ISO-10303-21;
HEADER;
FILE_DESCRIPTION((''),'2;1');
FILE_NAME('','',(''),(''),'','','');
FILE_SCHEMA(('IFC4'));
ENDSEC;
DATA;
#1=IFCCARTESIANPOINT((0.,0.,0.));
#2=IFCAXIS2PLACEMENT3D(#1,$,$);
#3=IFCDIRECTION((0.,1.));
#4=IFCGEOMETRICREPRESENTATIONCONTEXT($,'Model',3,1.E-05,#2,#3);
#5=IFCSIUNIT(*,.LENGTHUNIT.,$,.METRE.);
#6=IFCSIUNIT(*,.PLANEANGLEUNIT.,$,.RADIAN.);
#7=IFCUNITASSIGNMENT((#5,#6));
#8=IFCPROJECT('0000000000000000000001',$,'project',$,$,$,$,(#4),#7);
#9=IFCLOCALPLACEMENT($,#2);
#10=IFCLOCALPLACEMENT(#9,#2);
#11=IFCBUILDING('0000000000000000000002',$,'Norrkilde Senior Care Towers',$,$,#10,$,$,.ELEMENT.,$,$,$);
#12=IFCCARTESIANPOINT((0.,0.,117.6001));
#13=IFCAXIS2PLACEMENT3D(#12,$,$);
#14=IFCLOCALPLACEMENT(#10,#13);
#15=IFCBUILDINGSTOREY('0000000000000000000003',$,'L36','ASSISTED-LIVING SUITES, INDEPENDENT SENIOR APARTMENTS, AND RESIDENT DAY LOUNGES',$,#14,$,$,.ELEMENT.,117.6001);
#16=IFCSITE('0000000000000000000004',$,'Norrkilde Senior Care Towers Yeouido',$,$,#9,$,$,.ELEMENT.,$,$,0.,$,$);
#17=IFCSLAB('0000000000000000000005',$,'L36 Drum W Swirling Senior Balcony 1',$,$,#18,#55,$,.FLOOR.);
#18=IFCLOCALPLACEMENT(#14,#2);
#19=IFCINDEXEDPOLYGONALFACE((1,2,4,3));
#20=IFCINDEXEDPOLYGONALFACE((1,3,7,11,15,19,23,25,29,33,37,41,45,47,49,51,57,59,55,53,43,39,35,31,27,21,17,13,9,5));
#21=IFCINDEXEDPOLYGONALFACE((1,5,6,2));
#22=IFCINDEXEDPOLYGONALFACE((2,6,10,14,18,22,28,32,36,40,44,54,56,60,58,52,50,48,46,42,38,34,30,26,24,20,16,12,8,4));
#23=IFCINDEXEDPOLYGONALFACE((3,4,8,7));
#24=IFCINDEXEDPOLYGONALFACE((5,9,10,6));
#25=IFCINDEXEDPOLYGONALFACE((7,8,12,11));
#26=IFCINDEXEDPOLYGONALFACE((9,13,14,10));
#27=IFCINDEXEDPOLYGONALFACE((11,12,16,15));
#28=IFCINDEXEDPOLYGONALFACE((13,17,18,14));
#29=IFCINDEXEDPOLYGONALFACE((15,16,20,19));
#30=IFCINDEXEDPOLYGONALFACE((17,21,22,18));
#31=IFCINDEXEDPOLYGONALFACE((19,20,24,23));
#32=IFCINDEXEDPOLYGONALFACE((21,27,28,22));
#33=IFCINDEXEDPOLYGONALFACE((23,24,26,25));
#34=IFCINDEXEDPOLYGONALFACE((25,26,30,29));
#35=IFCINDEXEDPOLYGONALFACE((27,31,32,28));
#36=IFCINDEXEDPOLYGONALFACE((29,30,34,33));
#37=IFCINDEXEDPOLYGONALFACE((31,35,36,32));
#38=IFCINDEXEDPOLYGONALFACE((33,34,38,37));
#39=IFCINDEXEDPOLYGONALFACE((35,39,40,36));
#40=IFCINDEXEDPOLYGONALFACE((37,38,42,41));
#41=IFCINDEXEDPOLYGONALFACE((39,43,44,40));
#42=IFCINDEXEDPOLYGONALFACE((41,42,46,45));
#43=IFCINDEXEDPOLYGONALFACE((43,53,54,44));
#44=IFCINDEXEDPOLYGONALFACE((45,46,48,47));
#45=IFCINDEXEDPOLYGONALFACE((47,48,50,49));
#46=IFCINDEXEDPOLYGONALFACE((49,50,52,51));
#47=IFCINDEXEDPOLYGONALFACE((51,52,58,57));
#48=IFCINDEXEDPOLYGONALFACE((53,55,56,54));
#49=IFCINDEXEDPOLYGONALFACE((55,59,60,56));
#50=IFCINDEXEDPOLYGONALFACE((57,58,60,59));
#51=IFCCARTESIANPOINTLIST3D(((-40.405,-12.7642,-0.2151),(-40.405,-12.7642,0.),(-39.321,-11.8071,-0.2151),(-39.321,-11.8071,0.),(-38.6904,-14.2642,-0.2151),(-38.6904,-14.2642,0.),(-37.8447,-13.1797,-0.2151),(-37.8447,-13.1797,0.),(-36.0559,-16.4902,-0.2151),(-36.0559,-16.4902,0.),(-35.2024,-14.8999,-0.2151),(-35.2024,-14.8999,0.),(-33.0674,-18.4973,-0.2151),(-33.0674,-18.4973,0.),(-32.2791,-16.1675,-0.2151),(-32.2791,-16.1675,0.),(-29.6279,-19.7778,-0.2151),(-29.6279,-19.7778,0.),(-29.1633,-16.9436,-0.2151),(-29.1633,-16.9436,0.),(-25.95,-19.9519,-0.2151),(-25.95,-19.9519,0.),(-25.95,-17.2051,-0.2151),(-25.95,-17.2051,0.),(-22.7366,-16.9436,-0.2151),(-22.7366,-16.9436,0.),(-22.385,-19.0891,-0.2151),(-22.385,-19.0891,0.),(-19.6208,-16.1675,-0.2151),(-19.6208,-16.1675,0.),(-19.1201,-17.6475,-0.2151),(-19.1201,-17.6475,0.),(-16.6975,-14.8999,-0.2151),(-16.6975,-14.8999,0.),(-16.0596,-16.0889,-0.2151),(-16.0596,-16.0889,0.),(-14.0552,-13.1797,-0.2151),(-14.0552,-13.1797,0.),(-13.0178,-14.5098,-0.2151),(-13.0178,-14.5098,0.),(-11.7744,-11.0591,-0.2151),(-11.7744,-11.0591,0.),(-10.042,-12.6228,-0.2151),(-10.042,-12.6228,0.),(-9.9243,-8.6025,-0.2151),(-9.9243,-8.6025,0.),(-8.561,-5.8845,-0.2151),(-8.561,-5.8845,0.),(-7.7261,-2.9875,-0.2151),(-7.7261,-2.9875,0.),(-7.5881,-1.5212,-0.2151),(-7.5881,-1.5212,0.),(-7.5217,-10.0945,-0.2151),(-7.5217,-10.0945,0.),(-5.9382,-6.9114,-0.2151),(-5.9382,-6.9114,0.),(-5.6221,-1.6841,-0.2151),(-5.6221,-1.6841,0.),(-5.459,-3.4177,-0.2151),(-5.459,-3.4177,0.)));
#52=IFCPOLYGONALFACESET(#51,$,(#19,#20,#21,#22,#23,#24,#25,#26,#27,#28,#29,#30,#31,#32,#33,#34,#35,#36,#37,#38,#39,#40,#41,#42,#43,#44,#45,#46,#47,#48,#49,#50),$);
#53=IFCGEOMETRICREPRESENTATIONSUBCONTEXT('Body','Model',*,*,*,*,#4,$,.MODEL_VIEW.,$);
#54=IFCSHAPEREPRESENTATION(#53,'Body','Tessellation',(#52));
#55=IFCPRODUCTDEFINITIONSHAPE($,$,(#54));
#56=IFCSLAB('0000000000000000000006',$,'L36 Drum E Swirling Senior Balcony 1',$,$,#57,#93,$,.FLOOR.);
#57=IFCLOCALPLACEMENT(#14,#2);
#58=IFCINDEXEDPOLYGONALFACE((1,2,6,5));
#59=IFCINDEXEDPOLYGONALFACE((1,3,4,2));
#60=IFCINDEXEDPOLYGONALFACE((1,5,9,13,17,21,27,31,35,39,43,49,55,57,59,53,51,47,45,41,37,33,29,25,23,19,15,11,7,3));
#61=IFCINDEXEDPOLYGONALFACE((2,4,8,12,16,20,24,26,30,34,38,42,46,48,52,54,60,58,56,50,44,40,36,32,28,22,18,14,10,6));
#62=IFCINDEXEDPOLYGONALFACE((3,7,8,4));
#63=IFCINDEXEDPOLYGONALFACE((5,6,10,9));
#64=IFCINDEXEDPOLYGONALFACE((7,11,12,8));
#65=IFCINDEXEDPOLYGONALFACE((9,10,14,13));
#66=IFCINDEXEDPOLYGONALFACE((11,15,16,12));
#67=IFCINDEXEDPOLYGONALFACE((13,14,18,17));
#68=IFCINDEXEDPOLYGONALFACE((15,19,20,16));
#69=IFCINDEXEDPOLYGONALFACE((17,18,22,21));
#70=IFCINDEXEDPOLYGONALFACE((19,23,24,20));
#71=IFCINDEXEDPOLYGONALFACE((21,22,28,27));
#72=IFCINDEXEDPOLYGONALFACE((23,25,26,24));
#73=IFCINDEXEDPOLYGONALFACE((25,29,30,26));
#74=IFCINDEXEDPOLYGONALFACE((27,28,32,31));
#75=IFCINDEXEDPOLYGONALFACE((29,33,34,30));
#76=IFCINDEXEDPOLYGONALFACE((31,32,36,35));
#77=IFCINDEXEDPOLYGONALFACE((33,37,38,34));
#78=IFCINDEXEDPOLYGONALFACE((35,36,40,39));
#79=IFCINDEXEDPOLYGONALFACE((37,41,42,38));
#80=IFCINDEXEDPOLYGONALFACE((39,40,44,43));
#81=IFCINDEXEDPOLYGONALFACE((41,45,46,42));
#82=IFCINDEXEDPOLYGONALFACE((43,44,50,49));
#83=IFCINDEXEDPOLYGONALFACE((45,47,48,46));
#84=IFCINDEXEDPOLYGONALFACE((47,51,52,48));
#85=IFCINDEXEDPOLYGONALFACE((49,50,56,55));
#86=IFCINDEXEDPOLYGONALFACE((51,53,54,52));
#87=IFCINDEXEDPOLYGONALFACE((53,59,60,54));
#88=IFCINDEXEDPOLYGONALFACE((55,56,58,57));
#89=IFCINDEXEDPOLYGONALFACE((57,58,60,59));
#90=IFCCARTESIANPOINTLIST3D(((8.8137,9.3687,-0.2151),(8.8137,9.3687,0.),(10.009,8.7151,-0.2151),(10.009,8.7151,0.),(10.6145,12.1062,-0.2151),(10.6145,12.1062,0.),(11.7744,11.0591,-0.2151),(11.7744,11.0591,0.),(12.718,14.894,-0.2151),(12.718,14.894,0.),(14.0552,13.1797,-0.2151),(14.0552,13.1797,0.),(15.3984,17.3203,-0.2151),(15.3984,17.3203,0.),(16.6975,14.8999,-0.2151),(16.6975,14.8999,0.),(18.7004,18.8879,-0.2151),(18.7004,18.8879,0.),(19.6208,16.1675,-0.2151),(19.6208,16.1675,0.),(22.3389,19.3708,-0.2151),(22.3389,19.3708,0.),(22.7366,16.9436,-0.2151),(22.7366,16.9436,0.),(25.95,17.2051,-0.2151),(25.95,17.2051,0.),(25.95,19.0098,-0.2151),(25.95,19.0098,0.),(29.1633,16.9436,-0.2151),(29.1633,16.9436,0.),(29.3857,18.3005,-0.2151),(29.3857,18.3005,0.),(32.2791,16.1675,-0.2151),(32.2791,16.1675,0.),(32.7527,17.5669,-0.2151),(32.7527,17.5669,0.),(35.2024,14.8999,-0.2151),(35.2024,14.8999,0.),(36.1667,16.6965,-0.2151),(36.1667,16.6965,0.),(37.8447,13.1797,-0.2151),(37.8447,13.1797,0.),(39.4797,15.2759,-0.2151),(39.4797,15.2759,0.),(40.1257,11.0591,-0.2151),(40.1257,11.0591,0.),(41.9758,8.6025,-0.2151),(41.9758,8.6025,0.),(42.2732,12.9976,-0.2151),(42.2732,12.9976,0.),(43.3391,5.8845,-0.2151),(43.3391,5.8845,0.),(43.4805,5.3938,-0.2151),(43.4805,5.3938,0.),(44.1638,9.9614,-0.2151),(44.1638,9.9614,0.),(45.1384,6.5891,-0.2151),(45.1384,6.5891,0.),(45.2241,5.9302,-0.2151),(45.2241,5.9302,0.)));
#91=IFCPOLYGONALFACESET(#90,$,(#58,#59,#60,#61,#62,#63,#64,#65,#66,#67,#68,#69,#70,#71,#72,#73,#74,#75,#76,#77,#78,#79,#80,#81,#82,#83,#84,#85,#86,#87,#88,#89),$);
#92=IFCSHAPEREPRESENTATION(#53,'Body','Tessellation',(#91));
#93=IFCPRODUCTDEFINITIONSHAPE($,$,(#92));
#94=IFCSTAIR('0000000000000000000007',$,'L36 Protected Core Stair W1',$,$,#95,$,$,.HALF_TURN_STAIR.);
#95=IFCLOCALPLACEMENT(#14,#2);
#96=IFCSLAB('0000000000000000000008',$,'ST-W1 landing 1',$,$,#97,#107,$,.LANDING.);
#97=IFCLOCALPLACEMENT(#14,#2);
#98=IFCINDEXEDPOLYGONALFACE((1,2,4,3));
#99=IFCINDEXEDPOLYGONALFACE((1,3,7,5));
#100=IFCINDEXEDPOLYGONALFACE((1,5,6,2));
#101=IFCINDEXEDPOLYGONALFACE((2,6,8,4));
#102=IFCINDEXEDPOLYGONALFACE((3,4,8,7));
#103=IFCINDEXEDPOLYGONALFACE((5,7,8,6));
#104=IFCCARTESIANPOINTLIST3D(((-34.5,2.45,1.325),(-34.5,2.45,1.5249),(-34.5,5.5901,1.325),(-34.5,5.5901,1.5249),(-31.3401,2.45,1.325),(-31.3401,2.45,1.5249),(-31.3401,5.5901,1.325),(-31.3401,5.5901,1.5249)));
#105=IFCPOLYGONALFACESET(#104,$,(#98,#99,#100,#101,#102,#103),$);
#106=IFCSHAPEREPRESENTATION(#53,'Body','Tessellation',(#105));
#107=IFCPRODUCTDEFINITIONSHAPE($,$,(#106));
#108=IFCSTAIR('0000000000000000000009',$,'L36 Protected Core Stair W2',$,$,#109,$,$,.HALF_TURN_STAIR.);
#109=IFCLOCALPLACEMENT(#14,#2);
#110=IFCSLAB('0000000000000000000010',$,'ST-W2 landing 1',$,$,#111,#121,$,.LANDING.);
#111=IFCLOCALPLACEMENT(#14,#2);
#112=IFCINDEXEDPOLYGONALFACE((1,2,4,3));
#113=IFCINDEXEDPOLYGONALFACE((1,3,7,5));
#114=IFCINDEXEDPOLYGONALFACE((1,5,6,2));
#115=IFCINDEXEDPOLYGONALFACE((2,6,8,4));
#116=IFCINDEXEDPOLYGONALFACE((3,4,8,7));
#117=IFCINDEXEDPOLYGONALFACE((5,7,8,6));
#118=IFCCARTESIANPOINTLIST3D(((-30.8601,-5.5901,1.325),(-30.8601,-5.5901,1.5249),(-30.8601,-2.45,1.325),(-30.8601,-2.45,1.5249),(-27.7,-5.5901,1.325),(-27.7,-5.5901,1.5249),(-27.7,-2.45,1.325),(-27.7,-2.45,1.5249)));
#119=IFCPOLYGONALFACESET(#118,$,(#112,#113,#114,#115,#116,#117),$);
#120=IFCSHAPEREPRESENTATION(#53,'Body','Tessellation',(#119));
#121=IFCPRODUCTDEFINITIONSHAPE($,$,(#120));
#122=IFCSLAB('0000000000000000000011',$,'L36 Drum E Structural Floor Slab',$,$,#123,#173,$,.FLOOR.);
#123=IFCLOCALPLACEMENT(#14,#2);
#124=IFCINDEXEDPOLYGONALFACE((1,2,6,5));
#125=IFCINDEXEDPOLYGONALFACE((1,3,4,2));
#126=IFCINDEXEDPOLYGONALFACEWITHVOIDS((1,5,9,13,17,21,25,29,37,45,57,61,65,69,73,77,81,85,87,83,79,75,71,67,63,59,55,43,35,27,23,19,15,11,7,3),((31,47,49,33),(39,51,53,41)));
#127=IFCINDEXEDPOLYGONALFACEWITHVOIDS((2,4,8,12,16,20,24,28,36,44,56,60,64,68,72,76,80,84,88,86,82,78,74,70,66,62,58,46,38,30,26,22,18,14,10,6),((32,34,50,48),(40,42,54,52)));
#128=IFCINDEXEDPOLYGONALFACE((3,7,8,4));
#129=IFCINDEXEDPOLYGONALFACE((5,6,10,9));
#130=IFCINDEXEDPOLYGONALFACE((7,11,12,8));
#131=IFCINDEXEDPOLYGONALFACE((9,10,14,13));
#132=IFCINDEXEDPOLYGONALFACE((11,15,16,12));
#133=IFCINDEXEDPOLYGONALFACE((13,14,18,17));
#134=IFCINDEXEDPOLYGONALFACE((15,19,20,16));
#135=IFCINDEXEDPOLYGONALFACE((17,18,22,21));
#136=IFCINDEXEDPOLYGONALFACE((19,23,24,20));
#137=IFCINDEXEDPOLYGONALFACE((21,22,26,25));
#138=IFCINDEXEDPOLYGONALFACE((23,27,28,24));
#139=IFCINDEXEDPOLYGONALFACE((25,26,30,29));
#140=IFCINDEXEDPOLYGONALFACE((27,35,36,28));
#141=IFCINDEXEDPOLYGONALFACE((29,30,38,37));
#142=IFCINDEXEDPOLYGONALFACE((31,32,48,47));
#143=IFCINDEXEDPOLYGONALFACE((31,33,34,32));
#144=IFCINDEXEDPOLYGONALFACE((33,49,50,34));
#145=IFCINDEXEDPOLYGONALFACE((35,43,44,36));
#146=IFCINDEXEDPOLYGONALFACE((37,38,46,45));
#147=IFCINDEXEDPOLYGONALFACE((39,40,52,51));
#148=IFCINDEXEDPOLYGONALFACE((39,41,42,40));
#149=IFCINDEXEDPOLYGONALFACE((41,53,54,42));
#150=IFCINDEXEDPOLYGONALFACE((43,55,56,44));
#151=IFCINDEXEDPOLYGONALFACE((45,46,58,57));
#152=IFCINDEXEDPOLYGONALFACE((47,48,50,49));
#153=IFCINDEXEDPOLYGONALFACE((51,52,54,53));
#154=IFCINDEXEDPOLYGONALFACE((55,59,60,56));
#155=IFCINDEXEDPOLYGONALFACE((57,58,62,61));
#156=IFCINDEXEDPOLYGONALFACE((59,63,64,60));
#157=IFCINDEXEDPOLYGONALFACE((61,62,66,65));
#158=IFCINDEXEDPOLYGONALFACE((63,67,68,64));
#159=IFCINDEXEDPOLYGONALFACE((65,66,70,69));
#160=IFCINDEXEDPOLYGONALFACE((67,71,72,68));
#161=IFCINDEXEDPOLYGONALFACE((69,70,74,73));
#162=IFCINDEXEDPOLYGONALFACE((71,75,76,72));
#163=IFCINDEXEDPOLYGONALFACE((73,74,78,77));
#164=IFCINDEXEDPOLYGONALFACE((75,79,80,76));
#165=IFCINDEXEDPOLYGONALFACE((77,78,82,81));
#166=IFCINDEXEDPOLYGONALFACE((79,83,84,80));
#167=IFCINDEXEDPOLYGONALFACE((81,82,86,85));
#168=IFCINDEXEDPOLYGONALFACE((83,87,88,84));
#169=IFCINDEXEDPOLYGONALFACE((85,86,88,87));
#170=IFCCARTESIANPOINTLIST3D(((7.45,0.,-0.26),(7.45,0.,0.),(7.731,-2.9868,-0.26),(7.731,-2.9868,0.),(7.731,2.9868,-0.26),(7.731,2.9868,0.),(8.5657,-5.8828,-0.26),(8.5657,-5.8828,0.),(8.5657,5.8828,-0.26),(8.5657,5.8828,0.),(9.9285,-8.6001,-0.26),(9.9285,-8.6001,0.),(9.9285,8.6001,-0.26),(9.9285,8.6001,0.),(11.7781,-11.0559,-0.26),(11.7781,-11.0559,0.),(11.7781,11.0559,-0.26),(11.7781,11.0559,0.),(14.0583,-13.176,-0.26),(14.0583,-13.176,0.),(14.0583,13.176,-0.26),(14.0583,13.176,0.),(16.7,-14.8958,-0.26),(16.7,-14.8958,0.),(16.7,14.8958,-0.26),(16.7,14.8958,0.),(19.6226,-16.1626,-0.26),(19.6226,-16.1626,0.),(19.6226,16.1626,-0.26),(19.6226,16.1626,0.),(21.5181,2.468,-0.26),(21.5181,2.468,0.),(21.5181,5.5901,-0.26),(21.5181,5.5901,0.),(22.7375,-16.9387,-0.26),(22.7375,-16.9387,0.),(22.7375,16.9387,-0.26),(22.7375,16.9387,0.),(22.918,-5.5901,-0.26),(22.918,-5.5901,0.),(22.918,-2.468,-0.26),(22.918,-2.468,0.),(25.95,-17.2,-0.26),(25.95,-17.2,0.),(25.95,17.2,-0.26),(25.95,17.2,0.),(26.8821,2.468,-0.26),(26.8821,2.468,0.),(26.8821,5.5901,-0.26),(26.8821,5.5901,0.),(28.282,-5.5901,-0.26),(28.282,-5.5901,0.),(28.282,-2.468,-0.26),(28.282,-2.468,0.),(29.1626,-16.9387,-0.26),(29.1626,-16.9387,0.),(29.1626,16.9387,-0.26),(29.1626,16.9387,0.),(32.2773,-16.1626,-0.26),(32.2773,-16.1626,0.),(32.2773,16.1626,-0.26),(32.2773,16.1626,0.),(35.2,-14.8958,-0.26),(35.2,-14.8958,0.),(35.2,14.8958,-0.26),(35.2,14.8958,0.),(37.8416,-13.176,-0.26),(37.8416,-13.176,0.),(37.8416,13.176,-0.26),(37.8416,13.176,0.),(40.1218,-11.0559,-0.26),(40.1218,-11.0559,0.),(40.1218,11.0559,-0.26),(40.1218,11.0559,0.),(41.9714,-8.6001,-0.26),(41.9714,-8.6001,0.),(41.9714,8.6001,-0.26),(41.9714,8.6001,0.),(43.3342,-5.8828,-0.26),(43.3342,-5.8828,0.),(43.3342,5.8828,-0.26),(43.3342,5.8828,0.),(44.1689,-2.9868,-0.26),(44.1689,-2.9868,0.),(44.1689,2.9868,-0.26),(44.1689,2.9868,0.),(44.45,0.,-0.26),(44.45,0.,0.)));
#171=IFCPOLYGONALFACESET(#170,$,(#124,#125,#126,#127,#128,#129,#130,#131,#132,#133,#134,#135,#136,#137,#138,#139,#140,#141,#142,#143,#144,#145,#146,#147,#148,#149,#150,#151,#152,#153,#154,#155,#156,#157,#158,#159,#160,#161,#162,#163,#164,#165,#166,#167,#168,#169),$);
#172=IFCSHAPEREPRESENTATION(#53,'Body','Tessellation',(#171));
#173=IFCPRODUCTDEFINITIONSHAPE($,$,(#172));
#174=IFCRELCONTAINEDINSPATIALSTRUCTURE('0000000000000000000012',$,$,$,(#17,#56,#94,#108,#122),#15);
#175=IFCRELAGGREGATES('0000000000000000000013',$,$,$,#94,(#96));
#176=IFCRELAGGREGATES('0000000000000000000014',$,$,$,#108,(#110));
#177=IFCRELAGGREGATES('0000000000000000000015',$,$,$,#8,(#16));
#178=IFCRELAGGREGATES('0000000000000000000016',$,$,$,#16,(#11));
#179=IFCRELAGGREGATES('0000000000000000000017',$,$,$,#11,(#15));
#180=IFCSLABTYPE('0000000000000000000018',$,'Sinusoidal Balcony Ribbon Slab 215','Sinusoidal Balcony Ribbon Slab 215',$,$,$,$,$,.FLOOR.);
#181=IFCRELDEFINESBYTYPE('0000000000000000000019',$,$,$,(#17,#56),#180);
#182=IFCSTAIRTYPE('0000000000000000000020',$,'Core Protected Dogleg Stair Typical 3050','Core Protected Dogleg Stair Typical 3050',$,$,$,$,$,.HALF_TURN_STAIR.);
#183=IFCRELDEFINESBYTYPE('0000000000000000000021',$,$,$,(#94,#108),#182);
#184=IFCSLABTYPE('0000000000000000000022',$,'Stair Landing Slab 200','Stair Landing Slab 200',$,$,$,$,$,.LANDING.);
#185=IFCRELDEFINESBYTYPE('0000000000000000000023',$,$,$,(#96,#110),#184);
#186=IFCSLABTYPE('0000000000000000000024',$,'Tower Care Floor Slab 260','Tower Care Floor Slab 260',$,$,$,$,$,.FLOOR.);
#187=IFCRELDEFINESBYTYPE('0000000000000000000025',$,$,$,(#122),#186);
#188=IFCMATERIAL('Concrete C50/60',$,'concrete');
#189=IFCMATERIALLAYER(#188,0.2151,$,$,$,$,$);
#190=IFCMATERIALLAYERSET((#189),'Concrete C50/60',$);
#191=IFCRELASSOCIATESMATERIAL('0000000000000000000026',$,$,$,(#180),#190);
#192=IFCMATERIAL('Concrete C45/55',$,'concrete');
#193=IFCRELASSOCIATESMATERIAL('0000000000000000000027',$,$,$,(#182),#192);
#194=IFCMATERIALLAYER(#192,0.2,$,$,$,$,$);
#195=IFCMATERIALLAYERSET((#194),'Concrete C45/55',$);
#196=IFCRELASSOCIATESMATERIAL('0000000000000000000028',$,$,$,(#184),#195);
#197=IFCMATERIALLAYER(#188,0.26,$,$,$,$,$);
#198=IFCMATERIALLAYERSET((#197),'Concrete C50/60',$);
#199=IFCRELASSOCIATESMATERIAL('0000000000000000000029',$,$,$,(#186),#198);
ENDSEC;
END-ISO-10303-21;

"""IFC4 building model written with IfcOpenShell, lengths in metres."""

from ifc_helpers import new_model, si_unit, direction, frame, origin, place, context, subcontext, project, spatial, polyline, outline, extrude, material, layer, layer_set, type_object, element, aggregate, save


model = new_model("IFC4")

# Units and contexts
model_context = context("Model", 3, precision=1e-05, world=origin(), true_north=direction((0.0, 1.0)))
body_context = subcontext(model_context, "Body", "Model", "MODEL_VIEW")
ifc_project = project(units=[si_unit("LENGTHUNIT", "METRE"), si_unit("PLANEANGLEUNIT", "RADIAN")], contexts=[model_context])

# Site, building, storey
site_placement = place(None, origin())
site = spatial("IfcSite", under=ifc_project, at=site_placement, Name="Norrkilde Senior Care Towers Yeouido", CompositionType="ELEMENT", RefElevation=0.0)
building_placement = place(site_placement, origin())
building = spatial("IfcBuilding", under=site, at=building_placement, Name="Norrkilde Senior Care Towers", CompositionType="ELEMENT")
storey_placement = place(building_placement, frame((0.0, 0.0, 117.6001)))
storey = spatial("IfcBuildingStorey", under=building, at=storey_placement, Name="L36", Description="ASSISTED-LIVING SUITES, INDEPENDENT SENIOR APARTMENTS, AND RESIDENT DAY LOUNGES", CompositionType="ELEMENT", Elevation=117.6001)

# Slabs
ifc_material_1 = material(Name="Concrete C50/60", Category="concrete")
ifc_layer_1 = layer(ifc_material_1, 0.2151)
ifc_layer_set_1 = layer_set([ifc_layer_1], Name="Concrete C50/60")
slab_type_1 = type_object("IfcSlabType", Name="Sinusoidal Balcony Ribbon Slab 215", Description="Sinusoidal Balcony Ribbon Slab 215", PredefinedType="FLOOR", material=ifc_layer_set_1)
slab_1_placement = place(storey_placement, frame((0.0, 0.0, -0.2151)))
element("IfcSlab", 1, at=slab_1_placement, inside=storey, type_object=slab_type_1, Name="L36 Drum W Swirling Senior Balcony 1", PredefinedType="FLOOR", context=body_context, shape_type="SweptSolid", body=[
    extrude(outline(polyline([(-7.5217, -10.0945), (-10.042, -12.6228), (-13.0178, -14.5098), (-16.0596, -16.0889), (-19.1201, -17.6475), (-22.385, -19.0891), (-25.95, -19.9519), (-29.6279, -19.7778), (-33.0674, -18.4973), (-36.0559, -16.4902), (-38.6904, -14.2642), (-40.405, -12.7642), (-39.321, -11.8071), (-37.8447, -13.1797), (-35.2024, -14.8999), (-32.2791, -16.1675), (-29.1633, -16.9436), (-25.95, -17.2051), (-22.7366, -16.9436), (-19.6208, -16.1675), (-16.6975, -14.8999), (-14.0552, -13.1797), (-11.7744, -11.0591), (-9.9243, -8.6025), (-8.561, -5.8845), (-7.7261, -2.9875), (-7.5881, -1.5212), (-5.6221, -1.6841), (-5.459, -3.4177), (-5.9382, -6.9114), (-7.5217, -10.0945)])), origin(), (0.0, 0.0, 1.0), 0.2151),
])
slab_2_placement = place(storey_placement, frame((0.0, 0.0, -0.2151)))
element("IfcSlab", 2, at=slab_2_placement, inside=storey, type_object=slab_type_1, Name="L36 Drum E Swirling Senior Balcony 1", PredefinedType="FLOOR", context=body_context, shape_type="SweptSolid", body=[
    extrude(outline(polyline([(12.718, 14.894), (15.3984, 17.3203), (18.7004, 18.8879), (22.3389, 19.3708), (25.95, 19.0098), (29.3857, 18.3005), (32.7527, 17.5669), (36.1667, 16.6965), (39.4797, 15.2759), (42.2732, 12.9976), (44.1638, 9.9614), (45.1384, 6.5891), (45.2241, 5.9302), (43.4805, 5.3938), (43.3391, 5.8845), (41.9758, 8.6025), (40.1257, 11.0591), (37.8447, 13.1797), (35.2024, 14.8999), (32.2791, 16.1675), (29.1633, 16.9436), (25.95, 17.2051), (22.7366, 16.9436), (19.6208, 16.1675), (16.6975, 14.8999), (14.0552, 13.1797), (11.7744, 11.0591), (10.009, 8.7151), (8.8137, 9.3687), (10.6145, 12.1062), (12.718, 14.894)])), origin(), (0.0, 0.0, 1.0), 0.2151),
])

# Stairs, slabs
ifc_material_2 = material(Name="Concrete C45/55", Category="concrete")
stair_type = type_object("IfcStairType", Name="Core Protected Dogleg Stair Typical 3050", Description="Core Protected Dogleg Stair Typical 3050", PredefinedType="HALF_TURN_STAIR", material=ifc_material_2)
stair_1_placement = place(storey_placement, origin())
stair_1 = element("IfcStair", 3, at=stair_1_placement, inside=storey, type_object=stair_type, Name="L36 Protected Core Stair W1", PredefinedType="HALF_TURN_STAIR")
ifc_layer_2 = layer(ifc_material_2, 0.2)
ifc_layer_set_2 = layer_set([ifc_layer_2], Name="Concrete C45/55")
slab_type_2 = type_object("IfcSlabType", Name="Stair Landing Slab 200", Description="Stair Landing Slab 200", PredefinedType="LANDING", material=ifc_layer_set_2)
slab_3_placement = place(storey_placement, frame((0.0, 0.0, 1.325)))
slab_3 = element("IfcSlab", 4, at=slab_3_placement, type_object=slab_type_2, Name="ST-W1 landing 1", PredefinedType="LANDING", context=body_context, shape_type="SweptSolid", body=[
    extrude(outline(polyline([(-31.3401, 5.5901), (-34.5, 5.5901), (-34.5, 2.45), (-31.3401, 2.45), (-31.3401, 5.5901)])), origin(), (0.0, 0.0, 1.0), 0.2),
])
aggregate(stair_1, [slab_3])
stair_2_placement = place(storey_placement, origin())
stair_2 = element("IfcStair", 5, at=stair_2_placement, inside=storey, type_object=stair_type, Name="L36 Protected Core Stair W2", PredefinedType="HALF_TURN_STAIR")
slab_4_placement = place(storey_placement, frame((0.0, 0.0, 1.325)))
slab_4 = element("IfcSlab", 6, at=slab_4_placement, type_object=slab_type_2, Name="ST-W2 landing 1", PredefinedType="LANDING", context=body_context, shape_type="SweptSolid", body=[
    extrude(outline(polyline([(-30.8601, -5.5901), (-27.7, -5.5901), (-27.7, -2.45), (-30.8601, -2.45), (-30.8601, -5.5901)])), origin(), (0.0, 0.0, 1.0), 0.2),
])
aggregate(stair_2, [slab_4])

# Slab
ifc_layer_3 = layer(ifc_material_1, 0.26)
ifc_layer_set_3 = layer_set([ifc_layer_3], Name="Concrete C50/60")
slab_type_3 = type_object("IfcSlabType", Name="Tower Care Floor Slab 260", Description="Tower Care Floor Slab 260", PredefinedType="FLOOR", material=ifc_layer_set_3)
slab_5_placement = place(storey_placement, frame((0.0, 0.0, -0.26)))
element("IfcSlab", 7, at=slab_5_placement, inside=storey, type_object=slab_type_3, Name="L36 Drum E Structural Floor Slab", PredefinedType="FLOOR", context=body_context, shape_type="SweptSolid", body=[
    extrude(outline(polyline([(43.3342, -5.8828), (41.9714, -8.6001), (40.1218, -11.0559), (37.8416, -13.176), (35.2, -14.8958), (32.2773, -16.1626), (29.1626, -16.9387), (25.95, -17.2), (22.7375, -16.9387), (19.6226, -16.1626), (16.7, -14.8958), (14.0583, -13.176), (11.7781, -11.0559), (9.9285, -8.6001), (8.5657, -5.8828), (7.731, -2.9868), (7.45, 0.0), (7.731, 2.9868), (8.5657, 5.8828), (9.9285, 8.6001), (11.7781, 11.0559), (14.0583, 13.176), (16.7, 14.8958), (19.6226, 16.1626), (22.7375, 16.9387), (25.95, 17.2), (29.1626, 16.9387), (32.2773, 16.1626), (35.2, 14.8958), (37.8416, 13.176), (40.1218, 11.0559), (41.9714, 8.6001), (43.3342, 5.8828), (44.1689, 2.9868), (44.45, 0.0), (44.1689, -2.9868), (43.3342, -5.8828)]), holes=[polyline([(21.5181, 2.468), (26.8821, 2.468), (26.8821, 5.5901), (21.5181, 5.5901), (21.5181, 2.468)]), polyline([(28.282, -5.5901), (28.282, -2.468), (22.918, -2.468), (22.918, -5.5901), (28.282, -5.5901)])]), origin(), (0.0, 0.0, 1.0), 0.26),
])

save(model, "model.ifc")
